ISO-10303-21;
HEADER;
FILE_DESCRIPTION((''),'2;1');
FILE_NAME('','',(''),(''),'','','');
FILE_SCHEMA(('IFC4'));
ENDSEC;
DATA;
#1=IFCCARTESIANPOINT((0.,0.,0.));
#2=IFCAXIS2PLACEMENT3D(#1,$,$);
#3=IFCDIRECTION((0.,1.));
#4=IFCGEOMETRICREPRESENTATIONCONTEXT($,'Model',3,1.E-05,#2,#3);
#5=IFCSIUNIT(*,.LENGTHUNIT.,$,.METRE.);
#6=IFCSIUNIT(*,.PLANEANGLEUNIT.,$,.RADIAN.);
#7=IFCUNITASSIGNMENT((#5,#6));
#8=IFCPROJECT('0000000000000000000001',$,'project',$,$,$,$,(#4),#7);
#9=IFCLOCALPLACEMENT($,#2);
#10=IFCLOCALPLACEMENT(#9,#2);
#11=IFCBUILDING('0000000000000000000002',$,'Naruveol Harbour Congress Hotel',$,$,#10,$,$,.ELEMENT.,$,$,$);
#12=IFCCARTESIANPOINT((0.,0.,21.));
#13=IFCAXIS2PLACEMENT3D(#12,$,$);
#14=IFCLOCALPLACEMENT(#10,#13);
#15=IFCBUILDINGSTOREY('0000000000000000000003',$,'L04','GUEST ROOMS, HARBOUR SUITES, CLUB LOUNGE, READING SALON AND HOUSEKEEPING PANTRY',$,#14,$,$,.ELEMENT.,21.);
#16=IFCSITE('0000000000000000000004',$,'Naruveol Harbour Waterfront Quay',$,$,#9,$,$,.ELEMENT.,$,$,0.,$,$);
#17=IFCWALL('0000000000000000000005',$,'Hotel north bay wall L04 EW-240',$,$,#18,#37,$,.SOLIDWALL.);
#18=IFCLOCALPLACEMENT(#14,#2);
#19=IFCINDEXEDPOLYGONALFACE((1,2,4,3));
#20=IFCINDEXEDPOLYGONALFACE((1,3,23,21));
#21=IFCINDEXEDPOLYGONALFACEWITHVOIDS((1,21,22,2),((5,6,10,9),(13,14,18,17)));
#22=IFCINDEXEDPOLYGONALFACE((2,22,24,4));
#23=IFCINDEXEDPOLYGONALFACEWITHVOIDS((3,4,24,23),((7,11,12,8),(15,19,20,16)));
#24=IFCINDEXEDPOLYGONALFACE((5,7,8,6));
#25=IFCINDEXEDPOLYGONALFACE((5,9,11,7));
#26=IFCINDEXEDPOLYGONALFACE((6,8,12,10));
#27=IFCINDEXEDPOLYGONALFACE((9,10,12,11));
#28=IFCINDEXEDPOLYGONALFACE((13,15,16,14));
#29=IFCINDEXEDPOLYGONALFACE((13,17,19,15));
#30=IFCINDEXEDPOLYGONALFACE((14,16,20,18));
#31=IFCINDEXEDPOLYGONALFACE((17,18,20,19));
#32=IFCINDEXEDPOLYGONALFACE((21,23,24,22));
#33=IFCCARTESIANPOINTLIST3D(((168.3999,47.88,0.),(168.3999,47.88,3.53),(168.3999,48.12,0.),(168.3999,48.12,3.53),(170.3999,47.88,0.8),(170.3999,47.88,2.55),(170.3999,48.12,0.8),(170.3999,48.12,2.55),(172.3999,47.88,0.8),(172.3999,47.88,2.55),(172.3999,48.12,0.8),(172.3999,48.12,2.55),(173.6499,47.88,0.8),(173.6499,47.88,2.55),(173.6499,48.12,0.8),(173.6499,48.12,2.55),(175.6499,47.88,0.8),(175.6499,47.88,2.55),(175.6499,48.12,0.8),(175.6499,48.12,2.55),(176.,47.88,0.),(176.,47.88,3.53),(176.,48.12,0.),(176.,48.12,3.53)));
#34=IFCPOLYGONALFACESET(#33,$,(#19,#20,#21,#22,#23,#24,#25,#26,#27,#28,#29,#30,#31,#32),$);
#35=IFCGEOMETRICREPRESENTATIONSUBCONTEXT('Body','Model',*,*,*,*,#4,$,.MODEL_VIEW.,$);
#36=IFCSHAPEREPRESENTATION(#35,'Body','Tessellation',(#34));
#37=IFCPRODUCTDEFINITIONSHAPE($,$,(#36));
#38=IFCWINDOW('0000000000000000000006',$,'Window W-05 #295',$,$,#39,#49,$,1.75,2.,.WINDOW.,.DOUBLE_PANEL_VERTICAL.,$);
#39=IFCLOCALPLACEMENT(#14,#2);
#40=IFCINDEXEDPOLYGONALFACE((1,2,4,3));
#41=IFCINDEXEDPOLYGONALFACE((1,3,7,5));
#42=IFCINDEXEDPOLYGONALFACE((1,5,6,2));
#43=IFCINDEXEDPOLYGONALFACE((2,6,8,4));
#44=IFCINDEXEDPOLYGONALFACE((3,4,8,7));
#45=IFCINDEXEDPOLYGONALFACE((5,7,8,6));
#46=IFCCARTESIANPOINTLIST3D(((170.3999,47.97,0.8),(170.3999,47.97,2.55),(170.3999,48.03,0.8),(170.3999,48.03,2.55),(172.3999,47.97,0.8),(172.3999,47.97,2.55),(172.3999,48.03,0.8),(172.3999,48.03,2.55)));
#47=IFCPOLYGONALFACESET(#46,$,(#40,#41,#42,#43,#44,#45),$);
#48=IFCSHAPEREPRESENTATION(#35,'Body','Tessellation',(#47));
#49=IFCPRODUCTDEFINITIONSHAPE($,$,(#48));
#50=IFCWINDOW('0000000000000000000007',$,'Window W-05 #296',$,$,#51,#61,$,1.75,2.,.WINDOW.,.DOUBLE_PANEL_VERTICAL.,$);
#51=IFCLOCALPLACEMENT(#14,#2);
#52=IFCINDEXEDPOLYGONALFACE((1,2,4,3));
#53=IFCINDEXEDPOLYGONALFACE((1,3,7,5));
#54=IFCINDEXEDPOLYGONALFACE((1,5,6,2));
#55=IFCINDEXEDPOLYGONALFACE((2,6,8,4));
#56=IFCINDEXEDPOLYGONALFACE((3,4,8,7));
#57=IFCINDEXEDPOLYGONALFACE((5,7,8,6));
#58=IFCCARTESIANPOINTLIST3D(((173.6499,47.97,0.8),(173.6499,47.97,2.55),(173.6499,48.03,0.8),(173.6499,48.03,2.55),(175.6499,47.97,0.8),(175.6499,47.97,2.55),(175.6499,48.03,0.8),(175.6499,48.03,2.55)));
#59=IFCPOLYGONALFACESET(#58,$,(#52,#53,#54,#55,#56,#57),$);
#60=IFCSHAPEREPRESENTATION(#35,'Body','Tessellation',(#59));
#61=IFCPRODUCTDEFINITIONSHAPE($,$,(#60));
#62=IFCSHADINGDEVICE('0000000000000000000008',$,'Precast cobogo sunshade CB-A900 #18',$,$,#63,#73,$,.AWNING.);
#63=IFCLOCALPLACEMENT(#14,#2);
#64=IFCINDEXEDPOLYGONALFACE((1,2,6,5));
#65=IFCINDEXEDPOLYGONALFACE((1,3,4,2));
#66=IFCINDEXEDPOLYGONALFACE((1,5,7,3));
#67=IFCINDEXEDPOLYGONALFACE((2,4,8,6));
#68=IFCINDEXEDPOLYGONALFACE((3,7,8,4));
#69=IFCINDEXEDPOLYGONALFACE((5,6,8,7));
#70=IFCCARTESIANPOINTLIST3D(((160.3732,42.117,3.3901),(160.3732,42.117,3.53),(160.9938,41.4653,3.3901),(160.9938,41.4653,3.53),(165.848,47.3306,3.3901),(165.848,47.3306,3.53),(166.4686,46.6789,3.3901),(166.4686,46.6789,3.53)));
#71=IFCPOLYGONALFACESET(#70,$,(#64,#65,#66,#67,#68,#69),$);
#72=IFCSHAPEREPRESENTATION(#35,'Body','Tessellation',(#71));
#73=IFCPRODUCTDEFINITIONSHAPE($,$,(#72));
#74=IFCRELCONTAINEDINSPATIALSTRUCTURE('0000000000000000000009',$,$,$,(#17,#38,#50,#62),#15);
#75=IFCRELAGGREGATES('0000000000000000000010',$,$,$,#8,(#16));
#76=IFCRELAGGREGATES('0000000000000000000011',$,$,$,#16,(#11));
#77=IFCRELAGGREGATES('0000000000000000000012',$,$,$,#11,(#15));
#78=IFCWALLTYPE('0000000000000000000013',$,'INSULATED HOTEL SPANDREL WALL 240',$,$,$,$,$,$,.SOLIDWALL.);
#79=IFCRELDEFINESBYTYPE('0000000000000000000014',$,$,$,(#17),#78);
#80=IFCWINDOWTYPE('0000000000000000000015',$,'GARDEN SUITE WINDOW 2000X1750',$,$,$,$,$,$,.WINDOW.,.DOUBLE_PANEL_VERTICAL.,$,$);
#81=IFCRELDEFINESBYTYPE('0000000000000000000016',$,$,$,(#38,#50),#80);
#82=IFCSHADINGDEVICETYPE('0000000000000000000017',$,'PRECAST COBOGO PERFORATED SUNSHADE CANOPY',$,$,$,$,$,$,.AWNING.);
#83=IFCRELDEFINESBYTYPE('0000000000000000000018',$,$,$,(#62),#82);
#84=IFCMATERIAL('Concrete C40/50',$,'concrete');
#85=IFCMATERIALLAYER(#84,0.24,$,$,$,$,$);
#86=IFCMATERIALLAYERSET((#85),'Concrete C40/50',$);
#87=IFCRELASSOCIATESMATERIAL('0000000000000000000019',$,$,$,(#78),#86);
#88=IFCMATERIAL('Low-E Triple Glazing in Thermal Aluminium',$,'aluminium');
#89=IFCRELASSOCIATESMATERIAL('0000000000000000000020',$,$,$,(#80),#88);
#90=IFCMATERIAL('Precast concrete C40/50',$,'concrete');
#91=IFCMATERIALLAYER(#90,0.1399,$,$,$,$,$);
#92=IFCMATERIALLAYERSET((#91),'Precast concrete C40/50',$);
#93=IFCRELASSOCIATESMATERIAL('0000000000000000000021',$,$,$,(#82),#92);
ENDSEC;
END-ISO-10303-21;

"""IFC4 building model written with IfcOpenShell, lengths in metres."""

from ifc_helpers import new_model, si_unit, direction, frame, frame_2d, origin, origin_2d, place, context, subcontext, project, spatial, rectangle, extrude, material, layer, layer_set, type_object, element, fill, save


model = new_model("IFC4")

# Units and contexts
model_context = context("Model", 3, precision=1e-05, world=origin(), true_north=direction((0.0, 1.0)))
body_context = subcontext(model_context, "Body", "Model", "MODEL_VIEW")
ifc_project = project(units=[si_unit("LENGTHUNIT", "METRE"), si_unit("PLANEANGLEUNIT", "RADIAN")], contexts=[model_context])

# Site, building, storey
site_placement = place(None, origin())
site = spatial("IfcSite", under=ifc_project, at=site_placement, Name="Naruveol Harbour Waterfront Quay", CompositionType="ELEMENT", RefElevation=0.0)
building_placement = place(site_placement, origin())
building = spatial("IfcBuilding", under=site, at=building_placement, Name="Naruveol Harbour Congress Hotel", CompositionType="ELEMENT")
storey_placement = place(building_placement, frame((0.0, 0.0, 21.0)))
storey = spatial("IfcBuildingStorey", under=building, at=storey_placement, Name="L04", Description="GUEST ROOMS, HARBOUR SUITES, CLUB LOUNGE, READING SALON AND HOUSEKEEPING PANTRY", CompositionType="ELEMENT", Elevation=21.0)

# Wall, openings, windows
ifc_material_1 = material(Name="Concrete C40/50", Category="concrete")
ifc_layer_1 = layer(ifc_material_1, 0.24)
ifc_layer_set_1 = layer_set([ifc_layer_1], Name="Concrete C40/50")
wall_type_1 = type_object("IfcWallType", Name="INSULATED HOTEL SPANDREL WALL 240", PredefinedType="SOLIDWALL", material=ifc_layer_set_1)
wall_1_placement = place(storey_placement, frame((168.3999, 48.0, 0.0), z_axis=(0.0, 0.0, 1.0), x_axis=(1.0, 0.0, 0.0)))
wall_1 = element("IfcWall", 1, at=wall_1_placement, inside=storey, type_object=wall_type_1, Name="Hotel north bay wall L04 EW-240", PredefinedType="SOLIDWALL", context=body_context, shape_type="SweptSolid", body=[
    extrude(rectangle(XDim=7.6001, YDim=0.24, at=frame_2d((3.8, 0.0))), origin(), (0.0, 0.0, 1.0), 3.53),
])
opening_1_placement = place(wall_1_placement, frame((2.0, 0.0, 0.8)))
opening_1 = element("IfcOpeningElement", 2, at=opening_1_placement, cuts=wall_1, PredefinedType="OPENING", context=body_context, shape_type="SweptSolid", body=[
    extrude(rectangle(XDim=2.0, YDim=1.75, at=frame_2d((1.0, 0.875))), frame((0.0, 0.1299, 0.0), z_axis=(0.0, -1.0, 0.0), x_axis=(1.0, 0.0, 0.0)), (0.0, 0.0, 1.0), 0.26),
])
opening_2_placement = place(wall_1_placement, frame((5.25, 0.0, 0.8)))
opening_2 = element("IfcOpeningElement", 3, at=opening_2_placement, cuts=wall_1, PredefinedType="OPENING", context=body_context, shape_type="SweptSolid", body=[
    extrude(rectangle(XDim=2.0, YDim=1.75, at=frame_2d((1.0, 0.875))), frame((0.0, 0.1299, 0.0), z_axis=(0.0, -1.0, 0.0), x_axis=(1.0, 0.0, 0.0)), (0.0, 0.0, 1.0), 0.26),
])
ifc_material_2 = material(Name="Low-E Triple Glazing in Thermal Aluminium", Category="aluminium")
window_type_1 = type_object("IfcWindowType", Name="GARDEN SUITE WINDOW 2000X1750", PartitioningType="DOUBLE_PANEL_VERTICAL", PredefinedType="WINDOW", material=ifc_material_2)
window_1_placement = place(opening_1_placement, origin())
window_1 = element("IfcWindow", 4, at=window_1_placement, inside=storey, type_object=window_type_1, Name="Window W-05 #295", OverallHeight=1.75, OverallWidth=2.0, PartitioningType="DOUBLE_PANEL_VERTICAL", PredefinedType="WINDOW", context=body_context, shape_type="SweptSolid", body=[
    extrude(rectangle(XDim=2.0, YDim=1.75, at=frame_2d((1.0, 0.875))), frame((0.0, 0.03, 0.0), z_axis=(0.0, -1.0, 0.0), x_axis=(1.0, 0.0, 0.0)), (0.0, 0.0, 1.0), 0.0601),
])
fill(opening_1, window_1)
window_2_placement = place(opening_2_placement, origin())
window_2 = element("IfcWindow", 5, at=window_2_placement, inside=storey, type_object=window_type_1, Name="Window W-05 #296", OverallHeight=1.75, OverallWidth=2.0, PartitioningType="DOUBLE_PANEL_VERTICAL", PredefinedType="WINDOW", context=body_context, shape_type="SweptSolid", body=[
    extrude(rectangle(XDim=2.0, YDim=1.75, at=frame_2d((1.0, 0.875))), frame((0.0, 0.03, 0.0), z_axis=(0.0, -1.0, 0.0), x_axis=(1.0, 0.0, 0.0)), (0.0, 0.0, 1.0), 0.0601),
])
fill(opening_2, window_2)

# Shading device
ifc_material_3 = material(Name="Precast concrete C40/50", Category="concrete")
ifc_layer_2 = layer(ifc_material_3, 0.1399)
ifc_layer_set_2 = layer_set([ifc_layer_2], Name="Precast concrete C40/50")
shading_device_type = type_object("IfcShadingDeviceType", Name="PRECAST COBOGO PERFORATED SUNSHADE CANOPY", PredefinedType="AWNING", material=ifc_layer_set_2)
shading_device_placement = place(storey_placement, frame((163.4209, 44.3979, 3.3901), z_axis=(0.0, 0.0, 1.0), x_axis=(0.724172, 0.68962, 0.0)))
element("IfcShadingDevice", 6, at=shading_device_placement, inside=storey, type_object=shading_device_type, Name="Precast cobogo sunshade CB-A900 #18", PredefinedType="AWNING", context=body_context, shape_type="SweptSolid", body=[
    extrude(rectangle(XDim=7.5601, YDim=0.8999, at=origin_2d()), origin(), (0.0, 0.0, 1.0), 0.1399),
])

save(model, "model.ifc")
